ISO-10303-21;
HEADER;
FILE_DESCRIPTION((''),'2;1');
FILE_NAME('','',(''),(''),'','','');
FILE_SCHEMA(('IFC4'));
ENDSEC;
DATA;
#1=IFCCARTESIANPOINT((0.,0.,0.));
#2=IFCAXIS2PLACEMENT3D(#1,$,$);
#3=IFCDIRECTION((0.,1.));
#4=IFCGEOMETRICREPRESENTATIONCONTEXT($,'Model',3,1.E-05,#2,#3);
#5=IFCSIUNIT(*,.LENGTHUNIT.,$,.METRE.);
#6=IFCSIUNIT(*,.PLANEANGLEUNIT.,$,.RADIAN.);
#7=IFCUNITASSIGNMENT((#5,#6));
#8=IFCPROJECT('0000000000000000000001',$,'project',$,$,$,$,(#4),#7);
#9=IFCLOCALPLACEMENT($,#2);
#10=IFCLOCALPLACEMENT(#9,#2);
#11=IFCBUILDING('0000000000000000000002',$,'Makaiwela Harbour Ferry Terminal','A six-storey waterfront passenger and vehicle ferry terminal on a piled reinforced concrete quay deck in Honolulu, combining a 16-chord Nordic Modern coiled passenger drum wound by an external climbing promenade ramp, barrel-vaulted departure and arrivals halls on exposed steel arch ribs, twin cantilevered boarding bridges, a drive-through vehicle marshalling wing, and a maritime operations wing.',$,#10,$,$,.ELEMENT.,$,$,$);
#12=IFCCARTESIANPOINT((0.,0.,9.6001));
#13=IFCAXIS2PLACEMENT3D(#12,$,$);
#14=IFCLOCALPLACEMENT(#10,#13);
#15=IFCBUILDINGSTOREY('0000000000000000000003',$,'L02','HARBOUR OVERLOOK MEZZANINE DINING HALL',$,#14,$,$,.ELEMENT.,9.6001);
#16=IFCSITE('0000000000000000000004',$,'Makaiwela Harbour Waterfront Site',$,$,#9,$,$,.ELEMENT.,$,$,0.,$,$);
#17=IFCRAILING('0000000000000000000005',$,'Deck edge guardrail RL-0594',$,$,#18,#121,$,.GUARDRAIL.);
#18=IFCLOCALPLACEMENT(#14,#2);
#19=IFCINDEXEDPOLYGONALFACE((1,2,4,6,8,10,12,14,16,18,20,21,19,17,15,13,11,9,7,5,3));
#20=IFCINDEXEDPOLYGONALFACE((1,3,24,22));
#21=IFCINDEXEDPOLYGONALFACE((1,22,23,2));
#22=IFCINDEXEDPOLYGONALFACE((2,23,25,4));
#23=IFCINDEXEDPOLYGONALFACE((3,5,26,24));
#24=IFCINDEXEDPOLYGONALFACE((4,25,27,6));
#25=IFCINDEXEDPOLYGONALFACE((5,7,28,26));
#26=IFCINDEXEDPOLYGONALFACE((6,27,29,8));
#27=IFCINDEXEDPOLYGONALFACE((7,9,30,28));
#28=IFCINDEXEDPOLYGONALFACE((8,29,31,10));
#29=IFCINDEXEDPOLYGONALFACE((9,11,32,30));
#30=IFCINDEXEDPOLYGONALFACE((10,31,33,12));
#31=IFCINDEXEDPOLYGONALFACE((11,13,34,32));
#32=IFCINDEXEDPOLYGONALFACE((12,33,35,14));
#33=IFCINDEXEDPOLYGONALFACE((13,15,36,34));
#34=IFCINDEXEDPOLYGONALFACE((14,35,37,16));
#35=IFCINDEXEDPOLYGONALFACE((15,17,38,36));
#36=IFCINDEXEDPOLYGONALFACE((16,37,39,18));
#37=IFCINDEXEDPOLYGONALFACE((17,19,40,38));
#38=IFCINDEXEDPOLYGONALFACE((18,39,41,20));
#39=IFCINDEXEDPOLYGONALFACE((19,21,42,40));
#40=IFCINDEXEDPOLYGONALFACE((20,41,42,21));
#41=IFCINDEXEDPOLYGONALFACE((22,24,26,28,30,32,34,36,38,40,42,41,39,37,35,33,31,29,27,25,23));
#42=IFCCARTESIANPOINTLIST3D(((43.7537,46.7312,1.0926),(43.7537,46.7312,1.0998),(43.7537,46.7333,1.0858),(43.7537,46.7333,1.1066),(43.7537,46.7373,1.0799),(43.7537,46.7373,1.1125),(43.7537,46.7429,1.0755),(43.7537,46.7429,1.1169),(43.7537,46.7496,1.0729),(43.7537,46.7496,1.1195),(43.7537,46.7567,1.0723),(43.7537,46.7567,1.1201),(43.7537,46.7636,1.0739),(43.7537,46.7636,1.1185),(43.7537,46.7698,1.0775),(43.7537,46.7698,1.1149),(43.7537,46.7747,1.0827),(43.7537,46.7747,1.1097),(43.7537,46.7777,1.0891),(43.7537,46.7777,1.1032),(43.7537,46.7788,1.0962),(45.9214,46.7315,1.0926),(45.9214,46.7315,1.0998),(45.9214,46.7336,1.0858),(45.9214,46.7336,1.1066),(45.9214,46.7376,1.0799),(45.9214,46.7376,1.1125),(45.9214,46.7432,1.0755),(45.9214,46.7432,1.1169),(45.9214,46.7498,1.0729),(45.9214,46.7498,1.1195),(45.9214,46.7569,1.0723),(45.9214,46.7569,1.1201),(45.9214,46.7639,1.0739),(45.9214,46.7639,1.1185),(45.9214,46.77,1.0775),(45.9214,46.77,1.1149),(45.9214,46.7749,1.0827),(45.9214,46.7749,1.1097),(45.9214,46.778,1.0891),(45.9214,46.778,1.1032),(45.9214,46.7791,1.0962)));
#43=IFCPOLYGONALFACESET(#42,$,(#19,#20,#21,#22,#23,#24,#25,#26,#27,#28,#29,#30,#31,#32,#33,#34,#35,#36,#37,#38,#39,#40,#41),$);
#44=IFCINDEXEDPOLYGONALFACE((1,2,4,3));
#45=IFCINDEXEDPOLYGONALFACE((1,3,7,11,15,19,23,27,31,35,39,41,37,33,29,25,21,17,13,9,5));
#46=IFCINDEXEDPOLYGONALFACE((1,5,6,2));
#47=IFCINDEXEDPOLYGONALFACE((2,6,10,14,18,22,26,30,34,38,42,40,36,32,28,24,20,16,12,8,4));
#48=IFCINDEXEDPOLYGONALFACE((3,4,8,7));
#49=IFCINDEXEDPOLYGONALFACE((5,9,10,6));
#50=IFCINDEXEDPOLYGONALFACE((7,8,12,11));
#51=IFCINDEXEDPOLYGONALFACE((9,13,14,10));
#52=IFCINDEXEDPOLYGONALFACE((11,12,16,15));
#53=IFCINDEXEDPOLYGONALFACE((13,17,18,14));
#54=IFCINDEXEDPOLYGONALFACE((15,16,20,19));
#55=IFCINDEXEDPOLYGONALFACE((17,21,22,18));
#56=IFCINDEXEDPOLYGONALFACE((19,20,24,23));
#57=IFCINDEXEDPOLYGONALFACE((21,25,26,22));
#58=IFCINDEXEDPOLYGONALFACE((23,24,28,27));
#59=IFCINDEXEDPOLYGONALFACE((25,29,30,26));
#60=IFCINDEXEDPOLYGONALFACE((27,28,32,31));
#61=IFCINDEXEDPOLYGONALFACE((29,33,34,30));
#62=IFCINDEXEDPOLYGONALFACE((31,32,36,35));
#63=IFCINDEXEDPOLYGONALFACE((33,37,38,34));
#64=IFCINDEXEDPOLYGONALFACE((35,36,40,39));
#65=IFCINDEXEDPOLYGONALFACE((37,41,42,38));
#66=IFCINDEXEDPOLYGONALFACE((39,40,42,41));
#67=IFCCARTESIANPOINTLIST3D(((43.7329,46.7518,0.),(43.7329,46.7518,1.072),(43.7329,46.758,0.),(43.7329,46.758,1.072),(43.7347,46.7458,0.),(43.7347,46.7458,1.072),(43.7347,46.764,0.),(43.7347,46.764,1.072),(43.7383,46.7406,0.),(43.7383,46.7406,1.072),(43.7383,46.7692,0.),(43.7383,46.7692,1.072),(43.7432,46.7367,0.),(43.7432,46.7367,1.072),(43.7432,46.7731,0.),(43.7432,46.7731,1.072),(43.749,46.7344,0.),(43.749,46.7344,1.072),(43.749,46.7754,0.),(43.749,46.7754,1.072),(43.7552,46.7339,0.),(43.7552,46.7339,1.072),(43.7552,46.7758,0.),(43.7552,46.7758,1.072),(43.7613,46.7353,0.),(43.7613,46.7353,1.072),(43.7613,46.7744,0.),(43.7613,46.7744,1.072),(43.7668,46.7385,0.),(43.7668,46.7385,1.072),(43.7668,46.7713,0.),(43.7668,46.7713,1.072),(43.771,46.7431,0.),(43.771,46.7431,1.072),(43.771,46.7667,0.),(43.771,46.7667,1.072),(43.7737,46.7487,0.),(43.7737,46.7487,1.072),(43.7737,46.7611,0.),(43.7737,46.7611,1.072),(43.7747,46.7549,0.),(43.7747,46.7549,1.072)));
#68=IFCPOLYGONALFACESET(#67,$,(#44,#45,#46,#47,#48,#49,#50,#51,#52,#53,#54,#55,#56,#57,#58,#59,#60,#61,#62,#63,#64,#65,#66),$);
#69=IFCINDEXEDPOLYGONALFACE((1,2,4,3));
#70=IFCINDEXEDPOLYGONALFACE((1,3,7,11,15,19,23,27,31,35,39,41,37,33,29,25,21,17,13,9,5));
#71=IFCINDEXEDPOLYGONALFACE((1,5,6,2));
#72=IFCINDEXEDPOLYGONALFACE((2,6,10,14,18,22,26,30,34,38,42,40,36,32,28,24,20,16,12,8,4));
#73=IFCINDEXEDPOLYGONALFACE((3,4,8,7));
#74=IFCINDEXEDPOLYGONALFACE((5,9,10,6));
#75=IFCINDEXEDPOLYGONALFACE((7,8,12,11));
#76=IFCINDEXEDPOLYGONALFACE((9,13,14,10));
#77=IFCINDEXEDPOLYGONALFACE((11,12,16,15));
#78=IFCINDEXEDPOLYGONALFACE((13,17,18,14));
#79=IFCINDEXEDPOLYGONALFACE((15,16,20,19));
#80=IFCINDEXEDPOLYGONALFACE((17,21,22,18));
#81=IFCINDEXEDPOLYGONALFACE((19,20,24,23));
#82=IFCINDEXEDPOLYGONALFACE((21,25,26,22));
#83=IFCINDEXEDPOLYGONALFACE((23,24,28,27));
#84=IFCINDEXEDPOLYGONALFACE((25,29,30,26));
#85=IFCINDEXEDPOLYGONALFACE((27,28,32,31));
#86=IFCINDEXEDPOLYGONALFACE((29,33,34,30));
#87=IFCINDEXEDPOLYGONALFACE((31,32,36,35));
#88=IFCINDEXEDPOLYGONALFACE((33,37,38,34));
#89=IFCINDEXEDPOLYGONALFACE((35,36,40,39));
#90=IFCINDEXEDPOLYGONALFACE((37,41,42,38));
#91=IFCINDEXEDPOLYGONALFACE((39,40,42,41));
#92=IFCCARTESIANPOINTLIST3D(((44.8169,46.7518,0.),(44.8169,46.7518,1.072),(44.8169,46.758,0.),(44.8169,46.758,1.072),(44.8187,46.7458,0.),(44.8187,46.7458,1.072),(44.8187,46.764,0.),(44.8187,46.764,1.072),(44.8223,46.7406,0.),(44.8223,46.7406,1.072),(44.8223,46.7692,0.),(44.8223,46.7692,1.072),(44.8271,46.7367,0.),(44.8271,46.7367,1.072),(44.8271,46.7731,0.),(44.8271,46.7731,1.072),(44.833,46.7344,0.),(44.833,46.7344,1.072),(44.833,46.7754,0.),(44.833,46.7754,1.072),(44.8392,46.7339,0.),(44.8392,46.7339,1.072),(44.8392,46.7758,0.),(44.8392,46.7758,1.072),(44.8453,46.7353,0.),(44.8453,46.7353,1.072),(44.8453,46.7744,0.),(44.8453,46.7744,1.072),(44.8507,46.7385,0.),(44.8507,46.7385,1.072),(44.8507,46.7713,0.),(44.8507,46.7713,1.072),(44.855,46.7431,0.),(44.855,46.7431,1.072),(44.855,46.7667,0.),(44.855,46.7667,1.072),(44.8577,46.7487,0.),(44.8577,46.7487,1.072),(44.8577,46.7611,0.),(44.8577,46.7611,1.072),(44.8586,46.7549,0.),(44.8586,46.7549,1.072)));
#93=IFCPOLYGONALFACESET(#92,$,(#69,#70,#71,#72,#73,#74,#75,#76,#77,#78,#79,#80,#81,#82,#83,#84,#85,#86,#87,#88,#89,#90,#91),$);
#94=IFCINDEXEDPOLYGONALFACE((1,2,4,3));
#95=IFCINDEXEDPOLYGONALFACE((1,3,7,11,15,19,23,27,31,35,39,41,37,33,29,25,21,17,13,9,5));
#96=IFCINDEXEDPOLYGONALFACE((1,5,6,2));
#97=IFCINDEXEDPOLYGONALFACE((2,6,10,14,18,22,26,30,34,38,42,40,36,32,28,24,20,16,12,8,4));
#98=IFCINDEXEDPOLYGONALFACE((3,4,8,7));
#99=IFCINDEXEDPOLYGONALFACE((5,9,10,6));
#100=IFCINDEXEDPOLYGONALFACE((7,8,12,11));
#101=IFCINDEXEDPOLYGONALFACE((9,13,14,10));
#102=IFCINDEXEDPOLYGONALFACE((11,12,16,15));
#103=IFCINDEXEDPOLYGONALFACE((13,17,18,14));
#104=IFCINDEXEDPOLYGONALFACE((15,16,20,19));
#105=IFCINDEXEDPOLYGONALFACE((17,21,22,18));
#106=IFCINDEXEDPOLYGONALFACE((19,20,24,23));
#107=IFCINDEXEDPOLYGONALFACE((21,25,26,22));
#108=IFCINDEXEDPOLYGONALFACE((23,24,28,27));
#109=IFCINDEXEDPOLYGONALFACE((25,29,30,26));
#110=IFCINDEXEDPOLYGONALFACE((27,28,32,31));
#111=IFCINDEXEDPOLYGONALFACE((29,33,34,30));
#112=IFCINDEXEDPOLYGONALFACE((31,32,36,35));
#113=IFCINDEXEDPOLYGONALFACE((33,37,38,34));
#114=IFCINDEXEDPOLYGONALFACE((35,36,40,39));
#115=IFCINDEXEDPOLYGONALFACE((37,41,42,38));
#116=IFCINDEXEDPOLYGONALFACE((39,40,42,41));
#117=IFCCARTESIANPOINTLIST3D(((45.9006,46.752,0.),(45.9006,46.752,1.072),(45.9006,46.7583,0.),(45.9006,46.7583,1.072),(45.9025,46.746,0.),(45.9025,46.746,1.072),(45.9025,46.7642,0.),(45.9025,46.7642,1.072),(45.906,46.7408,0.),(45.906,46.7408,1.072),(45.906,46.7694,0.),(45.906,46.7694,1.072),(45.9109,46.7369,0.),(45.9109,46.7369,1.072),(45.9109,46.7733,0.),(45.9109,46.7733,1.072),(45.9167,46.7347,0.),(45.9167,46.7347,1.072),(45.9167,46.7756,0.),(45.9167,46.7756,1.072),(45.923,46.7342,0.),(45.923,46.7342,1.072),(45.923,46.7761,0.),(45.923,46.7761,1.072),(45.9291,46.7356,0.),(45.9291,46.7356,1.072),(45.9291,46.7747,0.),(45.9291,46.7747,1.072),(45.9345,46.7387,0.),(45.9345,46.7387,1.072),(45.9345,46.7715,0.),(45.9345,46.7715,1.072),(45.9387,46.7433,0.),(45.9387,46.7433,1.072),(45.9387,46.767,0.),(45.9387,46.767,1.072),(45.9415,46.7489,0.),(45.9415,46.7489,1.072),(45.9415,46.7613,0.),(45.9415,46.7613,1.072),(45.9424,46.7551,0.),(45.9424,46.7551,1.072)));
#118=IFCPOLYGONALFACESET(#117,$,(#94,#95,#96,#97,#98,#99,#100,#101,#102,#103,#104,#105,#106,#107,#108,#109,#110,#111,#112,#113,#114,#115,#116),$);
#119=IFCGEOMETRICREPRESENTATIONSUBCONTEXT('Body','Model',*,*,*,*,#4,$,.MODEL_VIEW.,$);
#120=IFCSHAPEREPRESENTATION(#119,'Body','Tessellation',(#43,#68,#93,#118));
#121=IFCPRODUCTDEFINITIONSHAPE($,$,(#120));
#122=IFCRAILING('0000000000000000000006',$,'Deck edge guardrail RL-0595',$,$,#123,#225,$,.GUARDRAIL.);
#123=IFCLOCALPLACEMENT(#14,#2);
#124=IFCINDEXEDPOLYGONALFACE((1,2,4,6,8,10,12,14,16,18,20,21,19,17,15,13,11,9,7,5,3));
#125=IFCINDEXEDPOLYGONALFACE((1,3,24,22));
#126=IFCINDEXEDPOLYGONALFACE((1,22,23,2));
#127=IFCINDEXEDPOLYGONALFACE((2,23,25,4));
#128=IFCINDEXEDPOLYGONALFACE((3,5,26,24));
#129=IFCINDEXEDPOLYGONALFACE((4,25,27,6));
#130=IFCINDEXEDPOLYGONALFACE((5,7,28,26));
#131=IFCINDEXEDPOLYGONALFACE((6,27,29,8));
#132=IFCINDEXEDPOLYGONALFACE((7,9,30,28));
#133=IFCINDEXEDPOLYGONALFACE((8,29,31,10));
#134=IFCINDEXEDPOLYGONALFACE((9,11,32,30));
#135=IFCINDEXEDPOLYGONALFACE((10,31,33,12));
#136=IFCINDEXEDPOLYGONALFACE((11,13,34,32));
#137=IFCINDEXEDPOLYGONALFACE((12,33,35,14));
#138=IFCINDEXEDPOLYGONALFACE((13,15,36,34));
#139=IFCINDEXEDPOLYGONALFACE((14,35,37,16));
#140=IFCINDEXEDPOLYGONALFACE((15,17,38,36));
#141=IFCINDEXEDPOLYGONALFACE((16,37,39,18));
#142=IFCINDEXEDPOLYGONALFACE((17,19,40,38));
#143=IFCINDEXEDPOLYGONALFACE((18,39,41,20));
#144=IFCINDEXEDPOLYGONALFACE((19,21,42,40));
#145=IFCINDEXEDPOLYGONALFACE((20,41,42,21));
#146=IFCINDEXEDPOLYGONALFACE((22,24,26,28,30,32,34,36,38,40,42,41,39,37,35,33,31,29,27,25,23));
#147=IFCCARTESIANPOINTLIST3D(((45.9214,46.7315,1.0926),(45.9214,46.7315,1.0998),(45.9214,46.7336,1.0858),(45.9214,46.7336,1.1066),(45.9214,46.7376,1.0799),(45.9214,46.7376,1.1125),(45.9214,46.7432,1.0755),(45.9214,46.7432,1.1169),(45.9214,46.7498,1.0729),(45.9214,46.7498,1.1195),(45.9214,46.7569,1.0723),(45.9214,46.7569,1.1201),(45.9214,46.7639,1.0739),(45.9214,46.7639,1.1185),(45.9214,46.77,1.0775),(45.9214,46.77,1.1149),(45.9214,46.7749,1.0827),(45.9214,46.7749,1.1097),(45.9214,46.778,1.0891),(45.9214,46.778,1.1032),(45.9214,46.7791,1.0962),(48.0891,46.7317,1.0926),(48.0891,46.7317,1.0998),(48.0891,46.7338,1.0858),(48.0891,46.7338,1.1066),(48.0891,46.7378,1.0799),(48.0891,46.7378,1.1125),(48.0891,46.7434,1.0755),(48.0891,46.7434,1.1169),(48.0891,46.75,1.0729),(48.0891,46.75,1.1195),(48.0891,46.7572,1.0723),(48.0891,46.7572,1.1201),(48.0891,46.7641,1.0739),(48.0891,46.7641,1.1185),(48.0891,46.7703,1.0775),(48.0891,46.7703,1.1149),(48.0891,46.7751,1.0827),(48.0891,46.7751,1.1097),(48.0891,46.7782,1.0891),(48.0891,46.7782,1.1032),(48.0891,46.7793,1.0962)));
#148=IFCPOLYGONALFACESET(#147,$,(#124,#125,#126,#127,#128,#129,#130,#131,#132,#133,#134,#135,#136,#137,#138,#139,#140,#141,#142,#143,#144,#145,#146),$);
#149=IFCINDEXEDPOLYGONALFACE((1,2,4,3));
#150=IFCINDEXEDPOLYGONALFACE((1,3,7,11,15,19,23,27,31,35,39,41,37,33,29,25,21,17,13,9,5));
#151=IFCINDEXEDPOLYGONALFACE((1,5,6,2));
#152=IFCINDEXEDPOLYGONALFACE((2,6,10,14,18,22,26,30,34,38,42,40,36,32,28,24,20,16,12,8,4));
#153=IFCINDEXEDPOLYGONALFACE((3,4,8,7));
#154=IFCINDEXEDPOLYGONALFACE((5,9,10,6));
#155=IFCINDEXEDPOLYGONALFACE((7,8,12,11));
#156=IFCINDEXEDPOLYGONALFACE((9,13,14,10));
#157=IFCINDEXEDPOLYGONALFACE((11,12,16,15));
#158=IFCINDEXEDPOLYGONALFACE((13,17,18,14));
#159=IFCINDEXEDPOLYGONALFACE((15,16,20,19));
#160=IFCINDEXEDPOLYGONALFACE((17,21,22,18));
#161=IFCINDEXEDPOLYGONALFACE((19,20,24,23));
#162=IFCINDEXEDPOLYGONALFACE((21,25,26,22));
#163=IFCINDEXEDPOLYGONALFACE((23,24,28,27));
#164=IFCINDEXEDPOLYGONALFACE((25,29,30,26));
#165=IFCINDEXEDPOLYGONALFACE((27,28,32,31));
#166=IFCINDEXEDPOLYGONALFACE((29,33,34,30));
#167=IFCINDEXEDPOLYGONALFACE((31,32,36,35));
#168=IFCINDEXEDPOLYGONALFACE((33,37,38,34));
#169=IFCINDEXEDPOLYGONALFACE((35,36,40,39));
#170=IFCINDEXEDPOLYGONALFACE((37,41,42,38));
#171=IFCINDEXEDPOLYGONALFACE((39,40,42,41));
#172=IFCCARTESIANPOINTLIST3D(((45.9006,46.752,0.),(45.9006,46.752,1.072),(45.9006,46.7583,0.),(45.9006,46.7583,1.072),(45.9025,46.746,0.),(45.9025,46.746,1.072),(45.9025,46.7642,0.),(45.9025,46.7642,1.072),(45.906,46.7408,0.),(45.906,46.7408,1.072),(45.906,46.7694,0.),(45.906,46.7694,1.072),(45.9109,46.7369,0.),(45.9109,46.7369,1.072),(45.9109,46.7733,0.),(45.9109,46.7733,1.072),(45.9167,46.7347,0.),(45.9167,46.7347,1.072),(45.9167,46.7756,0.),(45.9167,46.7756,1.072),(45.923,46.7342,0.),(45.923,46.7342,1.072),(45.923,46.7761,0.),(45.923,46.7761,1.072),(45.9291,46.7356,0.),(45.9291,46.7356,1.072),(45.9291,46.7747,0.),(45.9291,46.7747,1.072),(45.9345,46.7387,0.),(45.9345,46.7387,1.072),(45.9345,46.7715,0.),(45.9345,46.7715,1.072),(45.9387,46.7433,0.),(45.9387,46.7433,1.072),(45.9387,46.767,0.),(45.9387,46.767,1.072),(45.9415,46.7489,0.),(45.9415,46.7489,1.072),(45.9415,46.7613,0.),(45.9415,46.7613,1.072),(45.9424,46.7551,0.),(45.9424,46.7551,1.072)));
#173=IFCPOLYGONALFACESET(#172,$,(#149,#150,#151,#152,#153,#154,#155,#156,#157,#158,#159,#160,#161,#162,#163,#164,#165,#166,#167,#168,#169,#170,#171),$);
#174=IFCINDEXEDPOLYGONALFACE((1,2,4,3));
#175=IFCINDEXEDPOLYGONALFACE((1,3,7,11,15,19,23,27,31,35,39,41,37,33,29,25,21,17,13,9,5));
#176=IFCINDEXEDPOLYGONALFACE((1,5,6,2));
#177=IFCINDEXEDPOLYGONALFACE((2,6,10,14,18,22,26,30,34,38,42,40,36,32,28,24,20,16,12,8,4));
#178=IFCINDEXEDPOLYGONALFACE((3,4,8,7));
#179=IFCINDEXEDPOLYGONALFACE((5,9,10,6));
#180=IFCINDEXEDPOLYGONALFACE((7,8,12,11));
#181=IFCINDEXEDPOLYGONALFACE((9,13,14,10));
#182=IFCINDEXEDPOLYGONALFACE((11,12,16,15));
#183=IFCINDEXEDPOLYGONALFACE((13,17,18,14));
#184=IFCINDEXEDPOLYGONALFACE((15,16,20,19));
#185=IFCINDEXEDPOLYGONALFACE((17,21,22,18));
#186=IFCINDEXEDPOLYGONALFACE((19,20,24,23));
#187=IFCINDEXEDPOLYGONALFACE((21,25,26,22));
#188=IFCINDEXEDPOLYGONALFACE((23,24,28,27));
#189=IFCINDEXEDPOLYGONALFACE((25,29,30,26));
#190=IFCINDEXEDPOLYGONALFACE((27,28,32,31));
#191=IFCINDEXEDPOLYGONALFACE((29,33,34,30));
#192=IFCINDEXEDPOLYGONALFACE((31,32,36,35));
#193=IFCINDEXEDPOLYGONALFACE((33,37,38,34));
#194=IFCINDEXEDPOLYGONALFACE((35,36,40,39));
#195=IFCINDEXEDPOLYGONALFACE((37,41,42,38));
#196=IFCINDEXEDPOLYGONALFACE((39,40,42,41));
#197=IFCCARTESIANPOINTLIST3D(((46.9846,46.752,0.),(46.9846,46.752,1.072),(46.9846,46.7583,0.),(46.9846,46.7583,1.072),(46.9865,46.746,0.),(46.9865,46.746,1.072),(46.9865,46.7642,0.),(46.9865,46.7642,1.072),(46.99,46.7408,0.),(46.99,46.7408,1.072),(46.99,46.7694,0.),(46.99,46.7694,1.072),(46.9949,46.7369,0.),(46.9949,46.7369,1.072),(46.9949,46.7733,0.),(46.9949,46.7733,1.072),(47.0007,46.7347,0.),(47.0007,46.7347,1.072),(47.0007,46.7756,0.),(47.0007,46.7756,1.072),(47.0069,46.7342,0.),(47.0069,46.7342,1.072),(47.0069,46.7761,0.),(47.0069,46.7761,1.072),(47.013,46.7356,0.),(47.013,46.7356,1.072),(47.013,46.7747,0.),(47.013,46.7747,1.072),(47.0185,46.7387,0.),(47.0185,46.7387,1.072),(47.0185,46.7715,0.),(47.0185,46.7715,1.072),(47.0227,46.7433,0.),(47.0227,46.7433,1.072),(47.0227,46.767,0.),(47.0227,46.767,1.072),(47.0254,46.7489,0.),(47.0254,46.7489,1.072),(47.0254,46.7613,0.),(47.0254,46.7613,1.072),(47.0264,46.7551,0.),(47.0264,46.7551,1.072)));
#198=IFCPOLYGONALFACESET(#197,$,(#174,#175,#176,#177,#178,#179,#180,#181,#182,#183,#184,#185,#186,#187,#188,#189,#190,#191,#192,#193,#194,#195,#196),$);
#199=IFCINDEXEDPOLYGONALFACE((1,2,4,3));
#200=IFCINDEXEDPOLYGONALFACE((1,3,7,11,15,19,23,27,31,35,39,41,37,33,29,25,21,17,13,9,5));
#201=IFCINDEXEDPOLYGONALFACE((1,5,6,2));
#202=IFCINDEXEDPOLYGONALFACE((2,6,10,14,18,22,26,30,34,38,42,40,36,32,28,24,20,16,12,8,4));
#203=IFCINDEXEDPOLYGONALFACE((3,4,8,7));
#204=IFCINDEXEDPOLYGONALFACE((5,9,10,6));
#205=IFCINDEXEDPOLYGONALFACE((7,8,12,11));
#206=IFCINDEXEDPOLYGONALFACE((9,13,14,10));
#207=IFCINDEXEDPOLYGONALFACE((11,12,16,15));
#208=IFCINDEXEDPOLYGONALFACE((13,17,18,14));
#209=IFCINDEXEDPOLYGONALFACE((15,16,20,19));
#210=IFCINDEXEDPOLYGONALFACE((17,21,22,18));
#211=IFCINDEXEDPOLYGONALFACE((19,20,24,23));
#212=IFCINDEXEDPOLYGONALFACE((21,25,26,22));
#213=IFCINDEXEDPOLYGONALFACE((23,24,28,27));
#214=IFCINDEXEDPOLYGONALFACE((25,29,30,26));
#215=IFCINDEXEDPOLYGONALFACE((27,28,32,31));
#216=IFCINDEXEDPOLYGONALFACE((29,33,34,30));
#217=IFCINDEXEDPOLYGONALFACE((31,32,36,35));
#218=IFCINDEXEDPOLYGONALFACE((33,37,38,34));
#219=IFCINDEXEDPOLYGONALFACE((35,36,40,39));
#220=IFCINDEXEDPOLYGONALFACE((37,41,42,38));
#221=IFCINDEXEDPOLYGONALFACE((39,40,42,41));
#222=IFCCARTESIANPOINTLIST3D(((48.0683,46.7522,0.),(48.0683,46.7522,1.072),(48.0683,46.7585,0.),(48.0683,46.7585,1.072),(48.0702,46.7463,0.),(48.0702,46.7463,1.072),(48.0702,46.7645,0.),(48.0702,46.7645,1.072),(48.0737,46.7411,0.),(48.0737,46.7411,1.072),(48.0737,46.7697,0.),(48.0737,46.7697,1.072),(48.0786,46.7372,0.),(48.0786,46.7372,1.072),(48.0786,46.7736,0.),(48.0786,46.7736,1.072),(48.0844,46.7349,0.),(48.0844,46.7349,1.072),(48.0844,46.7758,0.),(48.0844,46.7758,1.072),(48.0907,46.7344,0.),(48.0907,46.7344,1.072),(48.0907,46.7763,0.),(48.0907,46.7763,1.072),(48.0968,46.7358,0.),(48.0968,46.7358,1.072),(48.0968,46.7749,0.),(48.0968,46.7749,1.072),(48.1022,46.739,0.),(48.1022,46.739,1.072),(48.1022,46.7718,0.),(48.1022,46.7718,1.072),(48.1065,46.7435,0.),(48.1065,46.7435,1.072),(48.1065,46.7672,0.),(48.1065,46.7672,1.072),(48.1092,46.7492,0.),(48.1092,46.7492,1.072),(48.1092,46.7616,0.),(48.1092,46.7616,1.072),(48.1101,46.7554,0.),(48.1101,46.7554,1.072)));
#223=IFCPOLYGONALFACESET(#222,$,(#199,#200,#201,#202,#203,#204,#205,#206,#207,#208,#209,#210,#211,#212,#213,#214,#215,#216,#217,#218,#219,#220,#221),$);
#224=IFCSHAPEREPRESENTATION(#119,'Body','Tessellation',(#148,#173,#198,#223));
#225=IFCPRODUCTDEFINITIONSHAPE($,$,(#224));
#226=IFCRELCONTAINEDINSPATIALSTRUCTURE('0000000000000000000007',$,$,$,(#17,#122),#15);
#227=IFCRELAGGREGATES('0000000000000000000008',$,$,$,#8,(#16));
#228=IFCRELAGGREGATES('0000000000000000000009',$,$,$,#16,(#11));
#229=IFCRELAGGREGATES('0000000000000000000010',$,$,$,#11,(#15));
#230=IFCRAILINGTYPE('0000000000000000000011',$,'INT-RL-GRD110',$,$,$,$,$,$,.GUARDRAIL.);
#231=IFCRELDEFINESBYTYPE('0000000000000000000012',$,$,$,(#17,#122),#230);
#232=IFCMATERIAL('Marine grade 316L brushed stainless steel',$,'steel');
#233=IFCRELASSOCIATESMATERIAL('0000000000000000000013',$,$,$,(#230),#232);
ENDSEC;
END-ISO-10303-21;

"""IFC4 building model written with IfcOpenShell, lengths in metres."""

from ifc_helpers import new_model, si_unit, direction, frame, origin, origin_2d, place, context, subcontext, project, spatial, circle, extrude, material, type_object, element, save


model = new_model("IFC4")

# Units and contexts
model_context = context("Model", 3, precision=1e-05, world=origin(), true_north=direction((0.0, 1.0)))
body_context = subcontext(model_context, "Body", "Model", "MODEL_VIEW")
ifc_project = project(units=[si_unit("LENGTHUNIT", "METRE"), si_unit("PLANEANGLEUNIT", "RADIAN")], contexts=[model_context])

# Site, building, storey
site_placement = place(None, origin())
site = spatial("IfcSite", under=ifc_project, at=site_placement, Name="Makaiwela Harbour Waterfront Site", CompositionType="ELEMENT", RefElevation=0.0)
building_placement = place(site_placement, origin())
building = spatial("IfcBuilding", under=site, at=building_placement, Name="Makaiwela Harbour Ferry Terminal", Description="A six-storey waterfront passenger and vehicle ferry terminal on a piled reinforced concrete quay deck in Honolulu, combining a 16-chord Nordic Modern coiled passenger drum wound by an external climbing promenade ramp, barrel-vaulted departure and arrivals halls on exposed steel arch ribs, twin cantilevered boarding bridges, a drive-through vehicle marshalling wing, and a maritime operations wing.", CompositionType="ELEMENT")
storey_placement = place(building_placement, frame((0.0, 0.0, 9.6001)))
storey = spatial("IfcBuildingStorey", under=building, at=storey_placement, Name="L02", Description="HARBOUR OVERLOOK MEZZANINE DINING HALL", CompositionType="ELEMENT", Elevation=9.6001)

# Railings
ifc_material_1 = material(Name="Marine grade 316L brushed stainless steel", Category="steel")
railing_type = type_object("IfcRailingType", Name="INT-RL-GRD110", PredefinedType="GUARDRAIL", material=ifc_material_1)
for number, where, name in (
    (1, (43.7537, 46.7549, 0.0), "Deck edge guardrail RL-0594"),
    (2, (45.9214, 46.7551, 0.0), "Deck edge guardrail RL-0595"),
):
    element("IfcRailing", number, at=place(storey_placement, frame(where)), inside=storey, type_object=railing_type, Name=name, PredefinedType="GUARDRAIL", context=body_context, shape_type="SweptSolid", body=[
        extrude(circle(Radius=0.0239, at=origin_2d()), frame((0.0, 0.0, 1.0962), z_axis=(1.0, 0.000113, 0.0), x_axis=(-0.000113, 1.0, 0.0)), (0.0, 0.0, 1.0), 2.1677),
        extrude(circle(Radius=0.021, at=origin_2d()), origin(), (0.0, 0.0, 1.0), 1.072),
        extrude(circle(Radius=0.021, at=origin_2d()), frame((1.084, 0.0, 0.0)), (0.0, 0.0, 1.0), 1.072),
        extrude(circle(Radius=0.021, at=origin_2d()), frame((2.1677, 0.0002, 0.0)), (0.0, 0.0, 1.0), 1.072),
    ])

save(model, "model.ifc")
